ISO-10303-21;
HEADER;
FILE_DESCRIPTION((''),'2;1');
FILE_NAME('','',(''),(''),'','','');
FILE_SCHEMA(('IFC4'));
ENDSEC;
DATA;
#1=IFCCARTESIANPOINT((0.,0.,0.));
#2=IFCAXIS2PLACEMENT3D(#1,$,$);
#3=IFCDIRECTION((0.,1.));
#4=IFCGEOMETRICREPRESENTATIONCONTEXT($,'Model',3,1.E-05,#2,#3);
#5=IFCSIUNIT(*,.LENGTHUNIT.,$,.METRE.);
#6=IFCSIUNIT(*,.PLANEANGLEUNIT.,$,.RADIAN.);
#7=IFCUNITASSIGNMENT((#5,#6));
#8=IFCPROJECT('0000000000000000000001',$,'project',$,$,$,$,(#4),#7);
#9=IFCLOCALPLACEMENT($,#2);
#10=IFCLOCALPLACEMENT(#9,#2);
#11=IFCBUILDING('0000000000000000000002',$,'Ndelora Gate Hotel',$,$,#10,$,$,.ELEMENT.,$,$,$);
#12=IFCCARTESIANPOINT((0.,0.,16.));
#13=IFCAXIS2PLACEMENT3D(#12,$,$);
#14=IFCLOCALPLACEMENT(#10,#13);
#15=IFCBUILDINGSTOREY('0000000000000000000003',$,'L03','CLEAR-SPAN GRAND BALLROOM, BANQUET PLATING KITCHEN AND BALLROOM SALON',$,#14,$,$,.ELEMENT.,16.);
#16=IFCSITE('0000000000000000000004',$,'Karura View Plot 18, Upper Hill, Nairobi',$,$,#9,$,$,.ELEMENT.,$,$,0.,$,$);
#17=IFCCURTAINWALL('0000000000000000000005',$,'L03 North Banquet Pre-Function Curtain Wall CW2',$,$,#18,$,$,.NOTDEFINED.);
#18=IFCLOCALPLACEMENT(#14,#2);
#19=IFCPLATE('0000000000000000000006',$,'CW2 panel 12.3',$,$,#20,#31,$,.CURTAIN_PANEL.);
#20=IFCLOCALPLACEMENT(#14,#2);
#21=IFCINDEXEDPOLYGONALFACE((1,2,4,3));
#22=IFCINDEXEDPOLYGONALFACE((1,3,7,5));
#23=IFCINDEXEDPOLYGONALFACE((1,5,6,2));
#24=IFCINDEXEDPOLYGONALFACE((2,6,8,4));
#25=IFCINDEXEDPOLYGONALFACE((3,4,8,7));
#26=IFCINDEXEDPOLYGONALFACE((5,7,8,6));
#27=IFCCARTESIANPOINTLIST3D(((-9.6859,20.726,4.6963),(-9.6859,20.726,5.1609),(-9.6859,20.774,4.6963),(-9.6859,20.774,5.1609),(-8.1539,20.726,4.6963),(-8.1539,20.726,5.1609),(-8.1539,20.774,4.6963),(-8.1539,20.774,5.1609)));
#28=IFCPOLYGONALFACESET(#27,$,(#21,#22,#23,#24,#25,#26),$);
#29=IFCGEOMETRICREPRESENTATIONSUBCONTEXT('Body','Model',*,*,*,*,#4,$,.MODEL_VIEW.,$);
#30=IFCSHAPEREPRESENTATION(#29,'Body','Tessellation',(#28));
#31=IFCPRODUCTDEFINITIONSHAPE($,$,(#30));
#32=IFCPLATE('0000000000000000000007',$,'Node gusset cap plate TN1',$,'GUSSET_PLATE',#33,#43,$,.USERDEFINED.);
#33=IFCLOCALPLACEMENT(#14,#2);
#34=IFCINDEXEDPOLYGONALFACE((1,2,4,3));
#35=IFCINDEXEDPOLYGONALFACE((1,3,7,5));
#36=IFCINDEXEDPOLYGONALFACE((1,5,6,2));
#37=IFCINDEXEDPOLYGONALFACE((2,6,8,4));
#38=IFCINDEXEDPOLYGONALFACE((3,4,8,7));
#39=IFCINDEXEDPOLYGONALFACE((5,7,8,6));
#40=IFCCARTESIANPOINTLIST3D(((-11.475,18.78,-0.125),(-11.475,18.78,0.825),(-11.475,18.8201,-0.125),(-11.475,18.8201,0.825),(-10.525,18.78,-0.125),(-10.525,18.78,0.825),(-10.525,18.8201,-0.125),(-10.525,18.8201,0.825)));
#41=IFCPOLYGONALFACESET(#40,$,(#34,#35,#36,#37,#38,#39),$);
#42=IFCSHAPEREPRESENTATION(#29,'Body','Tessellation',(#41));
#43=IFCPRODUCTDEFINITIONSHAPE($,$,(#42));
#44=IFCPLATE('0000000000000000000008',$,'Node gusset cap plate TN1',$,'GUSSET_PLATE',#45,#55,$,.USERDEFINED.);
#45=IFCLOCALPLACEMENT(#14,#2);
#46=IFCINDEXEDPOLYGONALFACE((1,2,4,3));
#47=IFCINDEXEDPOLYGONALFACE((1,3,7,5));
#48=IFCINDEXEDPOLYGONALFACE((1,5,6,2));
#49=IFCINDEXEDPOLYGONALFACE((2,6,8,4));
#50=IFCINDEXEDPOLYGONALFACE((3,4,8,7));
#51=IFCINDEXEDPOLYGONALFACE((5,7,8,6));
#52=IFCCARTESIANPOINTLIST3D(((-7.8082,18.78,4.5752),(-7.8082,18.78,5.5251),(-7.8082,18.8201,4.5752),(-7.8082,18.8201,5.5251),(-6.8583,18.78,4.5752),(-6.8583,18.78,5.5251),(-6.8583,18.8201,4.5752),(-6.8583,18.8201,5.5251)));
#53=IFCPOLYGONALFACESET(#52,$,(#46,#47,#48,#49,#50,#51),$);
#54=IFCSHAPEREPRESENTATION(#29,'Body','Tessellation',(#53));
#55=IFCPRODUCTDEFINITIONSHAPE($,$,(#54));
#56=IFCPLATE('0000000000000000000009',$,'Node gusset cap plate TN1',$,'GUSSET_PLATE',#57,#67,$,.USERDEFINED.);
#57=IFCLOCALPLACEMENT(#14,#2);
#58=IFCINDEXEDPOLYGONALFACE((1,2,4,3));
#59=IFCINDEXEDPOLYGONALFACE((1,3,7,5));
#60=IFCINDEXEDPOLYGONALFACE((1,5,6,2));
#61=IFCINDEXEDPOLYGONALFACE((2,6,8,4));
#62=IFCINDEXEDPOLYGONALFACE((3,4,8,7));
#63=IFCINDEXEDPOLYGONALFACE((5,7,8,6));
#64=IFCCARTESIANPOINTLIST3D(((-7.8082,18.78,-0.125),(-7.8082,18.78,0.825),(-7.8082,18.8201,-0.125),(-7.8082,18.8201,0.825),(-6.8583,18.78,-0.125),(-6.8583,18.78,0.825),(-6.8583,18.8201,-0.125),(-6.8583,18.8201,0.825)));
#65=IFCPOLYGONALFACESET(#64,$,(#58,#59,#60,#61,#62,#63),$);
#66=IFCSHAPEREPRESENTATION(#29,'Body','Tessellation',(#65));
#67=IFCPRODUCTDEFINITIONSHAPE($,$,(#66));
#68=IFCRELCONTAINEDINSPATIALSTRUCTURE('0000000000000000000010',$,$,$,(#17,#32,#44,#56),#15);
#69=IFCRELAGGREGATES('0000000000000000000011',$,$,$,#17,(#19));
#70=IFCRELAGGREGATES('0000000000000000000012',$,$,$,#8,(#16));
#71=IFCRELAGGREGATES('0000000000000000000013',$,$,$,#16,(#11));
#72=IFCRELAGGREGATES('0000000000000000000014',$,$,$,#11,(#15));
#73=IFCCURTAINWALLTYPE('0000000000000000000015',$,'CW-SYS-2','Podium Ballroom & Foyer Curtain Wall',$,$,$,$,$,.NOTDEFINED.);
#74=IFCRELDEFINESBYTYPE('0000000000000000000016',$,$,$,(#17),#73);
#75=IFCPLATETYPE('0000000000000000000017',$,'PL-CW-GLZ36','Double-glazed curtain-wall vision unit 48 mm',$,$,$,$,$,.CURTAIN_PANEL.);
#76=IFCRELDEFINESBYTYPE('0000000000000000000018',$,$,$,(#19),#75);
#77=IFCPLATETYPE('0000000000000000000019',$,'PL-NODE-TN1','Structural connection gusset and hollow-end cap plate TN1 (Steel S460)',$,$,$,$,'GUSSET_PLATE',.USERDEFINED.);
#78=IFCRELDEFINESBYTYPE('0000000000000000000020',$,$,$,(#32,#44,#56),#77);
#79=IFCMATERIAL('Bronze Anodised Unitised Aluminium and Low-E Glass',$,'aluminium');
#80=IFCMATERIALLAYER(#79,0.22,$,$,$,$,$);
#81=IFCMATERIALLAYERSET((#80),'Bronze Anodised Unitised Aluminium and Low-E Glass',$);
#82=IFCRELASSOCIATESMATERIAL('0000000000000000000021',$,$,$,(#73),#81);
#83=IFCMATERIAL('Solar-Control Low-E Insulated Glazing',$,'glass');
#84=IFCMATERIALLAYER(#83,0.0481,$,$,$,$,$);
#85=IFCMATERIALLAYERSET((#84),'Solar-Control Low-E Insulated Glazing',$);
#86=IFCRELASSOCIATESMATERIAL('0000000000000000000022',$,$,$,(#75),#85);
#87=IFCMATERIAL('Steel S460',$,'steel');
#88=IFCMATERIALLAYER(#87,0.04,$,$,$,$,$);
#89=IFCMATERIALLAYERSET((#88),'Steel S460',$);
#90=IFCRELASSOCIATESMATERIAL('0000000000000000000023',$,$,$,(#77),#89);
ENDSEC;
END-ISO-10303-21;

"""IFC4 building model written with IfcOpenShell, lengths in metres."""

from ifc_helpers import new_model, si_unit, direction, frame, origin, origin_2d, place, context, subcontext, project, spatial, rectangle, extrude, material, layer, layer_set, type_object, element, aggregate, save


model = new_model("IFC4")

# Units and contexts
model_context = context("Model", 3, precision=1e-05, world=origin(), true_north=direction((0.0, 1.0)))
body_context = subcontext(model_context, "Body", "Model", "MODEL_VIEW")
ifc_project = project(units=[si_unit("LENGTHUNIT", "METRE"), si_unit("PLANEANGLEUNIT", "RADIAN")], contexts=[model_context])

# Site, building, storey
site_placement = place(None, origin())
site = spatial("IfcSite", under=ifc_project, at=site_placement, Name="Karura View Plot 18, Upper Hill, Nairobi", CompositionType="ELEMENT", RefElevation=0.0)
building_placement = place(site_placement, origin())
building = spatial("IfcBuilding", under=site, at=building_placement, Name="Ndelora Gate Hotel", CompositionType="ELEMENT")
storey_placement = place(building_placement, frame((0.0, 0.0, 16.0)))
storey = spatial("IfcBuildingStorey", under=building, at=storey_placement, Name="L03", Description="CLEAR-SPAN GRAND BALLROOM, BANQUET PLATING KITCHEN AND BALLROOM SALON", CompositionType="ELEMENT", Elevation=16.0)

# Curtain wall
ifc_material_1 = material(Name="Bronze Anodised Unitised Aluminium and Low-E Glass", Category="aluminium")
ifc_layer_1 = layer(ifc_material_1, 0.22)
ifc_layer_set_1 = layer_set([ifc_layer_1], Name="Bronze Anodised Unitised Aluminium and Low-E Glass")
curtain_wall_type = type_object("IfcCurtainWallType", Name="CW-SYS-2", Description="Podium Ballroom & Foyer Curtain Wall", PredefinedType="NOTDEFINED", material=ifc_layer_set_1)
curtain_wall_placement = place(storey_placement, origin())
curtain_wall = element("IfcCurtainWall", 1, at=curtain_wall_placement, inside=storey, type_object=curtain_wall_type, Name="L03 North Banquet Pre-Function Curtain Wall CW2", PredefinedType="NOTDEFINED")

# Shared definitions
ifc_material_2 = material(Name="Steel S460", Category="steel")

# Plate
ifc_material_3 = material(Name="Solar-Control Low-E Insulated Glazing", Category="glass")
ifc_layer_2 = layer(ifc_material_3, 0.0481)
ifc_layer_set_2 = layer_set([ifc_layer_2], Name="Solar-Control Low-E Insulated Glazing")
plate_type_1 = type_object("IfcPlateType", Name="PL-CW-GLZ36", Description="Double-glazed curtain-wall vision unit 48 mm", PredefinedType="CURTAIN_PANEL", material=ifc_layer_set_2)
plate_1_placement = place(storey_placement, frame((-8.9199, 20.75, 4.6963), z_axis=(0.0, 0.0, 1.0), x_axis=(-1.0, 0.0, 0.0)))
plate_1 = element("IfcPlate", 2, at=plate_1_placement, type_object=plate_type_1, Name="CW2 panel 12.3", PredefinedType="CURTAIN_PANEL", context=body_context, shape_type="SweptSolid", body=[
    extrude(rectangle(XDim=1.532, YDim=0.0481, at=origin_2d()), origin(), (0.0, 0.0, 1.0), 0.4646),
])
aggregate(curtain_wall, [plate_1])

# Plates
ifc_layer_3 = layer(ifc_material_2, 0.04)
ifc_layer_set_3 = layer_set([ifc_layer_3], Name="Steel S460")
plate_type_2 = type_object("IfcPlateType", Name="PL-NODE-TN1", Description="Structural connection gusset and hollow-end cap plate TN1 (Steel S460)", ElementType="GUSSET_PLATE", PredefinedType="USERDEFINED", material=ifc_layer_set_3)
for number, where, z_axis, x_axis, name in (
    (3, (-11.0, 18.8, -0.125), (0.0, 0.0, 1.0), (1.0, 0.0, 0.0), "Node gusset cap plate TN1"),
    (4, (-7.3333, 18.8, 4.5752), (0.0, 0.0, 1.0), (1.0, 0.0, 0.0), "Node gusset cap plate TN1"),
    (5, (-7.3333, 18.8, -0.125), (0.0, 0.0, 1.0), (1.0, 0.0, 0.0), "Node gusset cap plate TN1"),
):
    element("IfcPlate", number, at=place(storey_placement, frame(where, z_axis=z_axis, x_axis=x_axis)), inside=storey, type_object=plate_type_2, Name=name, ObjectType="GUSSET_PLATE", PredefinedType="USERDEFINED", context=body_context, shape_type="SweptSolid", body=[
        extrude(rectangle(XDim=0.95, YDim=0.04, at=origin_2d()), origin(), (0.0, 0.0, 1.0), 0.95),
    ])

save(model, "model.ifc")
